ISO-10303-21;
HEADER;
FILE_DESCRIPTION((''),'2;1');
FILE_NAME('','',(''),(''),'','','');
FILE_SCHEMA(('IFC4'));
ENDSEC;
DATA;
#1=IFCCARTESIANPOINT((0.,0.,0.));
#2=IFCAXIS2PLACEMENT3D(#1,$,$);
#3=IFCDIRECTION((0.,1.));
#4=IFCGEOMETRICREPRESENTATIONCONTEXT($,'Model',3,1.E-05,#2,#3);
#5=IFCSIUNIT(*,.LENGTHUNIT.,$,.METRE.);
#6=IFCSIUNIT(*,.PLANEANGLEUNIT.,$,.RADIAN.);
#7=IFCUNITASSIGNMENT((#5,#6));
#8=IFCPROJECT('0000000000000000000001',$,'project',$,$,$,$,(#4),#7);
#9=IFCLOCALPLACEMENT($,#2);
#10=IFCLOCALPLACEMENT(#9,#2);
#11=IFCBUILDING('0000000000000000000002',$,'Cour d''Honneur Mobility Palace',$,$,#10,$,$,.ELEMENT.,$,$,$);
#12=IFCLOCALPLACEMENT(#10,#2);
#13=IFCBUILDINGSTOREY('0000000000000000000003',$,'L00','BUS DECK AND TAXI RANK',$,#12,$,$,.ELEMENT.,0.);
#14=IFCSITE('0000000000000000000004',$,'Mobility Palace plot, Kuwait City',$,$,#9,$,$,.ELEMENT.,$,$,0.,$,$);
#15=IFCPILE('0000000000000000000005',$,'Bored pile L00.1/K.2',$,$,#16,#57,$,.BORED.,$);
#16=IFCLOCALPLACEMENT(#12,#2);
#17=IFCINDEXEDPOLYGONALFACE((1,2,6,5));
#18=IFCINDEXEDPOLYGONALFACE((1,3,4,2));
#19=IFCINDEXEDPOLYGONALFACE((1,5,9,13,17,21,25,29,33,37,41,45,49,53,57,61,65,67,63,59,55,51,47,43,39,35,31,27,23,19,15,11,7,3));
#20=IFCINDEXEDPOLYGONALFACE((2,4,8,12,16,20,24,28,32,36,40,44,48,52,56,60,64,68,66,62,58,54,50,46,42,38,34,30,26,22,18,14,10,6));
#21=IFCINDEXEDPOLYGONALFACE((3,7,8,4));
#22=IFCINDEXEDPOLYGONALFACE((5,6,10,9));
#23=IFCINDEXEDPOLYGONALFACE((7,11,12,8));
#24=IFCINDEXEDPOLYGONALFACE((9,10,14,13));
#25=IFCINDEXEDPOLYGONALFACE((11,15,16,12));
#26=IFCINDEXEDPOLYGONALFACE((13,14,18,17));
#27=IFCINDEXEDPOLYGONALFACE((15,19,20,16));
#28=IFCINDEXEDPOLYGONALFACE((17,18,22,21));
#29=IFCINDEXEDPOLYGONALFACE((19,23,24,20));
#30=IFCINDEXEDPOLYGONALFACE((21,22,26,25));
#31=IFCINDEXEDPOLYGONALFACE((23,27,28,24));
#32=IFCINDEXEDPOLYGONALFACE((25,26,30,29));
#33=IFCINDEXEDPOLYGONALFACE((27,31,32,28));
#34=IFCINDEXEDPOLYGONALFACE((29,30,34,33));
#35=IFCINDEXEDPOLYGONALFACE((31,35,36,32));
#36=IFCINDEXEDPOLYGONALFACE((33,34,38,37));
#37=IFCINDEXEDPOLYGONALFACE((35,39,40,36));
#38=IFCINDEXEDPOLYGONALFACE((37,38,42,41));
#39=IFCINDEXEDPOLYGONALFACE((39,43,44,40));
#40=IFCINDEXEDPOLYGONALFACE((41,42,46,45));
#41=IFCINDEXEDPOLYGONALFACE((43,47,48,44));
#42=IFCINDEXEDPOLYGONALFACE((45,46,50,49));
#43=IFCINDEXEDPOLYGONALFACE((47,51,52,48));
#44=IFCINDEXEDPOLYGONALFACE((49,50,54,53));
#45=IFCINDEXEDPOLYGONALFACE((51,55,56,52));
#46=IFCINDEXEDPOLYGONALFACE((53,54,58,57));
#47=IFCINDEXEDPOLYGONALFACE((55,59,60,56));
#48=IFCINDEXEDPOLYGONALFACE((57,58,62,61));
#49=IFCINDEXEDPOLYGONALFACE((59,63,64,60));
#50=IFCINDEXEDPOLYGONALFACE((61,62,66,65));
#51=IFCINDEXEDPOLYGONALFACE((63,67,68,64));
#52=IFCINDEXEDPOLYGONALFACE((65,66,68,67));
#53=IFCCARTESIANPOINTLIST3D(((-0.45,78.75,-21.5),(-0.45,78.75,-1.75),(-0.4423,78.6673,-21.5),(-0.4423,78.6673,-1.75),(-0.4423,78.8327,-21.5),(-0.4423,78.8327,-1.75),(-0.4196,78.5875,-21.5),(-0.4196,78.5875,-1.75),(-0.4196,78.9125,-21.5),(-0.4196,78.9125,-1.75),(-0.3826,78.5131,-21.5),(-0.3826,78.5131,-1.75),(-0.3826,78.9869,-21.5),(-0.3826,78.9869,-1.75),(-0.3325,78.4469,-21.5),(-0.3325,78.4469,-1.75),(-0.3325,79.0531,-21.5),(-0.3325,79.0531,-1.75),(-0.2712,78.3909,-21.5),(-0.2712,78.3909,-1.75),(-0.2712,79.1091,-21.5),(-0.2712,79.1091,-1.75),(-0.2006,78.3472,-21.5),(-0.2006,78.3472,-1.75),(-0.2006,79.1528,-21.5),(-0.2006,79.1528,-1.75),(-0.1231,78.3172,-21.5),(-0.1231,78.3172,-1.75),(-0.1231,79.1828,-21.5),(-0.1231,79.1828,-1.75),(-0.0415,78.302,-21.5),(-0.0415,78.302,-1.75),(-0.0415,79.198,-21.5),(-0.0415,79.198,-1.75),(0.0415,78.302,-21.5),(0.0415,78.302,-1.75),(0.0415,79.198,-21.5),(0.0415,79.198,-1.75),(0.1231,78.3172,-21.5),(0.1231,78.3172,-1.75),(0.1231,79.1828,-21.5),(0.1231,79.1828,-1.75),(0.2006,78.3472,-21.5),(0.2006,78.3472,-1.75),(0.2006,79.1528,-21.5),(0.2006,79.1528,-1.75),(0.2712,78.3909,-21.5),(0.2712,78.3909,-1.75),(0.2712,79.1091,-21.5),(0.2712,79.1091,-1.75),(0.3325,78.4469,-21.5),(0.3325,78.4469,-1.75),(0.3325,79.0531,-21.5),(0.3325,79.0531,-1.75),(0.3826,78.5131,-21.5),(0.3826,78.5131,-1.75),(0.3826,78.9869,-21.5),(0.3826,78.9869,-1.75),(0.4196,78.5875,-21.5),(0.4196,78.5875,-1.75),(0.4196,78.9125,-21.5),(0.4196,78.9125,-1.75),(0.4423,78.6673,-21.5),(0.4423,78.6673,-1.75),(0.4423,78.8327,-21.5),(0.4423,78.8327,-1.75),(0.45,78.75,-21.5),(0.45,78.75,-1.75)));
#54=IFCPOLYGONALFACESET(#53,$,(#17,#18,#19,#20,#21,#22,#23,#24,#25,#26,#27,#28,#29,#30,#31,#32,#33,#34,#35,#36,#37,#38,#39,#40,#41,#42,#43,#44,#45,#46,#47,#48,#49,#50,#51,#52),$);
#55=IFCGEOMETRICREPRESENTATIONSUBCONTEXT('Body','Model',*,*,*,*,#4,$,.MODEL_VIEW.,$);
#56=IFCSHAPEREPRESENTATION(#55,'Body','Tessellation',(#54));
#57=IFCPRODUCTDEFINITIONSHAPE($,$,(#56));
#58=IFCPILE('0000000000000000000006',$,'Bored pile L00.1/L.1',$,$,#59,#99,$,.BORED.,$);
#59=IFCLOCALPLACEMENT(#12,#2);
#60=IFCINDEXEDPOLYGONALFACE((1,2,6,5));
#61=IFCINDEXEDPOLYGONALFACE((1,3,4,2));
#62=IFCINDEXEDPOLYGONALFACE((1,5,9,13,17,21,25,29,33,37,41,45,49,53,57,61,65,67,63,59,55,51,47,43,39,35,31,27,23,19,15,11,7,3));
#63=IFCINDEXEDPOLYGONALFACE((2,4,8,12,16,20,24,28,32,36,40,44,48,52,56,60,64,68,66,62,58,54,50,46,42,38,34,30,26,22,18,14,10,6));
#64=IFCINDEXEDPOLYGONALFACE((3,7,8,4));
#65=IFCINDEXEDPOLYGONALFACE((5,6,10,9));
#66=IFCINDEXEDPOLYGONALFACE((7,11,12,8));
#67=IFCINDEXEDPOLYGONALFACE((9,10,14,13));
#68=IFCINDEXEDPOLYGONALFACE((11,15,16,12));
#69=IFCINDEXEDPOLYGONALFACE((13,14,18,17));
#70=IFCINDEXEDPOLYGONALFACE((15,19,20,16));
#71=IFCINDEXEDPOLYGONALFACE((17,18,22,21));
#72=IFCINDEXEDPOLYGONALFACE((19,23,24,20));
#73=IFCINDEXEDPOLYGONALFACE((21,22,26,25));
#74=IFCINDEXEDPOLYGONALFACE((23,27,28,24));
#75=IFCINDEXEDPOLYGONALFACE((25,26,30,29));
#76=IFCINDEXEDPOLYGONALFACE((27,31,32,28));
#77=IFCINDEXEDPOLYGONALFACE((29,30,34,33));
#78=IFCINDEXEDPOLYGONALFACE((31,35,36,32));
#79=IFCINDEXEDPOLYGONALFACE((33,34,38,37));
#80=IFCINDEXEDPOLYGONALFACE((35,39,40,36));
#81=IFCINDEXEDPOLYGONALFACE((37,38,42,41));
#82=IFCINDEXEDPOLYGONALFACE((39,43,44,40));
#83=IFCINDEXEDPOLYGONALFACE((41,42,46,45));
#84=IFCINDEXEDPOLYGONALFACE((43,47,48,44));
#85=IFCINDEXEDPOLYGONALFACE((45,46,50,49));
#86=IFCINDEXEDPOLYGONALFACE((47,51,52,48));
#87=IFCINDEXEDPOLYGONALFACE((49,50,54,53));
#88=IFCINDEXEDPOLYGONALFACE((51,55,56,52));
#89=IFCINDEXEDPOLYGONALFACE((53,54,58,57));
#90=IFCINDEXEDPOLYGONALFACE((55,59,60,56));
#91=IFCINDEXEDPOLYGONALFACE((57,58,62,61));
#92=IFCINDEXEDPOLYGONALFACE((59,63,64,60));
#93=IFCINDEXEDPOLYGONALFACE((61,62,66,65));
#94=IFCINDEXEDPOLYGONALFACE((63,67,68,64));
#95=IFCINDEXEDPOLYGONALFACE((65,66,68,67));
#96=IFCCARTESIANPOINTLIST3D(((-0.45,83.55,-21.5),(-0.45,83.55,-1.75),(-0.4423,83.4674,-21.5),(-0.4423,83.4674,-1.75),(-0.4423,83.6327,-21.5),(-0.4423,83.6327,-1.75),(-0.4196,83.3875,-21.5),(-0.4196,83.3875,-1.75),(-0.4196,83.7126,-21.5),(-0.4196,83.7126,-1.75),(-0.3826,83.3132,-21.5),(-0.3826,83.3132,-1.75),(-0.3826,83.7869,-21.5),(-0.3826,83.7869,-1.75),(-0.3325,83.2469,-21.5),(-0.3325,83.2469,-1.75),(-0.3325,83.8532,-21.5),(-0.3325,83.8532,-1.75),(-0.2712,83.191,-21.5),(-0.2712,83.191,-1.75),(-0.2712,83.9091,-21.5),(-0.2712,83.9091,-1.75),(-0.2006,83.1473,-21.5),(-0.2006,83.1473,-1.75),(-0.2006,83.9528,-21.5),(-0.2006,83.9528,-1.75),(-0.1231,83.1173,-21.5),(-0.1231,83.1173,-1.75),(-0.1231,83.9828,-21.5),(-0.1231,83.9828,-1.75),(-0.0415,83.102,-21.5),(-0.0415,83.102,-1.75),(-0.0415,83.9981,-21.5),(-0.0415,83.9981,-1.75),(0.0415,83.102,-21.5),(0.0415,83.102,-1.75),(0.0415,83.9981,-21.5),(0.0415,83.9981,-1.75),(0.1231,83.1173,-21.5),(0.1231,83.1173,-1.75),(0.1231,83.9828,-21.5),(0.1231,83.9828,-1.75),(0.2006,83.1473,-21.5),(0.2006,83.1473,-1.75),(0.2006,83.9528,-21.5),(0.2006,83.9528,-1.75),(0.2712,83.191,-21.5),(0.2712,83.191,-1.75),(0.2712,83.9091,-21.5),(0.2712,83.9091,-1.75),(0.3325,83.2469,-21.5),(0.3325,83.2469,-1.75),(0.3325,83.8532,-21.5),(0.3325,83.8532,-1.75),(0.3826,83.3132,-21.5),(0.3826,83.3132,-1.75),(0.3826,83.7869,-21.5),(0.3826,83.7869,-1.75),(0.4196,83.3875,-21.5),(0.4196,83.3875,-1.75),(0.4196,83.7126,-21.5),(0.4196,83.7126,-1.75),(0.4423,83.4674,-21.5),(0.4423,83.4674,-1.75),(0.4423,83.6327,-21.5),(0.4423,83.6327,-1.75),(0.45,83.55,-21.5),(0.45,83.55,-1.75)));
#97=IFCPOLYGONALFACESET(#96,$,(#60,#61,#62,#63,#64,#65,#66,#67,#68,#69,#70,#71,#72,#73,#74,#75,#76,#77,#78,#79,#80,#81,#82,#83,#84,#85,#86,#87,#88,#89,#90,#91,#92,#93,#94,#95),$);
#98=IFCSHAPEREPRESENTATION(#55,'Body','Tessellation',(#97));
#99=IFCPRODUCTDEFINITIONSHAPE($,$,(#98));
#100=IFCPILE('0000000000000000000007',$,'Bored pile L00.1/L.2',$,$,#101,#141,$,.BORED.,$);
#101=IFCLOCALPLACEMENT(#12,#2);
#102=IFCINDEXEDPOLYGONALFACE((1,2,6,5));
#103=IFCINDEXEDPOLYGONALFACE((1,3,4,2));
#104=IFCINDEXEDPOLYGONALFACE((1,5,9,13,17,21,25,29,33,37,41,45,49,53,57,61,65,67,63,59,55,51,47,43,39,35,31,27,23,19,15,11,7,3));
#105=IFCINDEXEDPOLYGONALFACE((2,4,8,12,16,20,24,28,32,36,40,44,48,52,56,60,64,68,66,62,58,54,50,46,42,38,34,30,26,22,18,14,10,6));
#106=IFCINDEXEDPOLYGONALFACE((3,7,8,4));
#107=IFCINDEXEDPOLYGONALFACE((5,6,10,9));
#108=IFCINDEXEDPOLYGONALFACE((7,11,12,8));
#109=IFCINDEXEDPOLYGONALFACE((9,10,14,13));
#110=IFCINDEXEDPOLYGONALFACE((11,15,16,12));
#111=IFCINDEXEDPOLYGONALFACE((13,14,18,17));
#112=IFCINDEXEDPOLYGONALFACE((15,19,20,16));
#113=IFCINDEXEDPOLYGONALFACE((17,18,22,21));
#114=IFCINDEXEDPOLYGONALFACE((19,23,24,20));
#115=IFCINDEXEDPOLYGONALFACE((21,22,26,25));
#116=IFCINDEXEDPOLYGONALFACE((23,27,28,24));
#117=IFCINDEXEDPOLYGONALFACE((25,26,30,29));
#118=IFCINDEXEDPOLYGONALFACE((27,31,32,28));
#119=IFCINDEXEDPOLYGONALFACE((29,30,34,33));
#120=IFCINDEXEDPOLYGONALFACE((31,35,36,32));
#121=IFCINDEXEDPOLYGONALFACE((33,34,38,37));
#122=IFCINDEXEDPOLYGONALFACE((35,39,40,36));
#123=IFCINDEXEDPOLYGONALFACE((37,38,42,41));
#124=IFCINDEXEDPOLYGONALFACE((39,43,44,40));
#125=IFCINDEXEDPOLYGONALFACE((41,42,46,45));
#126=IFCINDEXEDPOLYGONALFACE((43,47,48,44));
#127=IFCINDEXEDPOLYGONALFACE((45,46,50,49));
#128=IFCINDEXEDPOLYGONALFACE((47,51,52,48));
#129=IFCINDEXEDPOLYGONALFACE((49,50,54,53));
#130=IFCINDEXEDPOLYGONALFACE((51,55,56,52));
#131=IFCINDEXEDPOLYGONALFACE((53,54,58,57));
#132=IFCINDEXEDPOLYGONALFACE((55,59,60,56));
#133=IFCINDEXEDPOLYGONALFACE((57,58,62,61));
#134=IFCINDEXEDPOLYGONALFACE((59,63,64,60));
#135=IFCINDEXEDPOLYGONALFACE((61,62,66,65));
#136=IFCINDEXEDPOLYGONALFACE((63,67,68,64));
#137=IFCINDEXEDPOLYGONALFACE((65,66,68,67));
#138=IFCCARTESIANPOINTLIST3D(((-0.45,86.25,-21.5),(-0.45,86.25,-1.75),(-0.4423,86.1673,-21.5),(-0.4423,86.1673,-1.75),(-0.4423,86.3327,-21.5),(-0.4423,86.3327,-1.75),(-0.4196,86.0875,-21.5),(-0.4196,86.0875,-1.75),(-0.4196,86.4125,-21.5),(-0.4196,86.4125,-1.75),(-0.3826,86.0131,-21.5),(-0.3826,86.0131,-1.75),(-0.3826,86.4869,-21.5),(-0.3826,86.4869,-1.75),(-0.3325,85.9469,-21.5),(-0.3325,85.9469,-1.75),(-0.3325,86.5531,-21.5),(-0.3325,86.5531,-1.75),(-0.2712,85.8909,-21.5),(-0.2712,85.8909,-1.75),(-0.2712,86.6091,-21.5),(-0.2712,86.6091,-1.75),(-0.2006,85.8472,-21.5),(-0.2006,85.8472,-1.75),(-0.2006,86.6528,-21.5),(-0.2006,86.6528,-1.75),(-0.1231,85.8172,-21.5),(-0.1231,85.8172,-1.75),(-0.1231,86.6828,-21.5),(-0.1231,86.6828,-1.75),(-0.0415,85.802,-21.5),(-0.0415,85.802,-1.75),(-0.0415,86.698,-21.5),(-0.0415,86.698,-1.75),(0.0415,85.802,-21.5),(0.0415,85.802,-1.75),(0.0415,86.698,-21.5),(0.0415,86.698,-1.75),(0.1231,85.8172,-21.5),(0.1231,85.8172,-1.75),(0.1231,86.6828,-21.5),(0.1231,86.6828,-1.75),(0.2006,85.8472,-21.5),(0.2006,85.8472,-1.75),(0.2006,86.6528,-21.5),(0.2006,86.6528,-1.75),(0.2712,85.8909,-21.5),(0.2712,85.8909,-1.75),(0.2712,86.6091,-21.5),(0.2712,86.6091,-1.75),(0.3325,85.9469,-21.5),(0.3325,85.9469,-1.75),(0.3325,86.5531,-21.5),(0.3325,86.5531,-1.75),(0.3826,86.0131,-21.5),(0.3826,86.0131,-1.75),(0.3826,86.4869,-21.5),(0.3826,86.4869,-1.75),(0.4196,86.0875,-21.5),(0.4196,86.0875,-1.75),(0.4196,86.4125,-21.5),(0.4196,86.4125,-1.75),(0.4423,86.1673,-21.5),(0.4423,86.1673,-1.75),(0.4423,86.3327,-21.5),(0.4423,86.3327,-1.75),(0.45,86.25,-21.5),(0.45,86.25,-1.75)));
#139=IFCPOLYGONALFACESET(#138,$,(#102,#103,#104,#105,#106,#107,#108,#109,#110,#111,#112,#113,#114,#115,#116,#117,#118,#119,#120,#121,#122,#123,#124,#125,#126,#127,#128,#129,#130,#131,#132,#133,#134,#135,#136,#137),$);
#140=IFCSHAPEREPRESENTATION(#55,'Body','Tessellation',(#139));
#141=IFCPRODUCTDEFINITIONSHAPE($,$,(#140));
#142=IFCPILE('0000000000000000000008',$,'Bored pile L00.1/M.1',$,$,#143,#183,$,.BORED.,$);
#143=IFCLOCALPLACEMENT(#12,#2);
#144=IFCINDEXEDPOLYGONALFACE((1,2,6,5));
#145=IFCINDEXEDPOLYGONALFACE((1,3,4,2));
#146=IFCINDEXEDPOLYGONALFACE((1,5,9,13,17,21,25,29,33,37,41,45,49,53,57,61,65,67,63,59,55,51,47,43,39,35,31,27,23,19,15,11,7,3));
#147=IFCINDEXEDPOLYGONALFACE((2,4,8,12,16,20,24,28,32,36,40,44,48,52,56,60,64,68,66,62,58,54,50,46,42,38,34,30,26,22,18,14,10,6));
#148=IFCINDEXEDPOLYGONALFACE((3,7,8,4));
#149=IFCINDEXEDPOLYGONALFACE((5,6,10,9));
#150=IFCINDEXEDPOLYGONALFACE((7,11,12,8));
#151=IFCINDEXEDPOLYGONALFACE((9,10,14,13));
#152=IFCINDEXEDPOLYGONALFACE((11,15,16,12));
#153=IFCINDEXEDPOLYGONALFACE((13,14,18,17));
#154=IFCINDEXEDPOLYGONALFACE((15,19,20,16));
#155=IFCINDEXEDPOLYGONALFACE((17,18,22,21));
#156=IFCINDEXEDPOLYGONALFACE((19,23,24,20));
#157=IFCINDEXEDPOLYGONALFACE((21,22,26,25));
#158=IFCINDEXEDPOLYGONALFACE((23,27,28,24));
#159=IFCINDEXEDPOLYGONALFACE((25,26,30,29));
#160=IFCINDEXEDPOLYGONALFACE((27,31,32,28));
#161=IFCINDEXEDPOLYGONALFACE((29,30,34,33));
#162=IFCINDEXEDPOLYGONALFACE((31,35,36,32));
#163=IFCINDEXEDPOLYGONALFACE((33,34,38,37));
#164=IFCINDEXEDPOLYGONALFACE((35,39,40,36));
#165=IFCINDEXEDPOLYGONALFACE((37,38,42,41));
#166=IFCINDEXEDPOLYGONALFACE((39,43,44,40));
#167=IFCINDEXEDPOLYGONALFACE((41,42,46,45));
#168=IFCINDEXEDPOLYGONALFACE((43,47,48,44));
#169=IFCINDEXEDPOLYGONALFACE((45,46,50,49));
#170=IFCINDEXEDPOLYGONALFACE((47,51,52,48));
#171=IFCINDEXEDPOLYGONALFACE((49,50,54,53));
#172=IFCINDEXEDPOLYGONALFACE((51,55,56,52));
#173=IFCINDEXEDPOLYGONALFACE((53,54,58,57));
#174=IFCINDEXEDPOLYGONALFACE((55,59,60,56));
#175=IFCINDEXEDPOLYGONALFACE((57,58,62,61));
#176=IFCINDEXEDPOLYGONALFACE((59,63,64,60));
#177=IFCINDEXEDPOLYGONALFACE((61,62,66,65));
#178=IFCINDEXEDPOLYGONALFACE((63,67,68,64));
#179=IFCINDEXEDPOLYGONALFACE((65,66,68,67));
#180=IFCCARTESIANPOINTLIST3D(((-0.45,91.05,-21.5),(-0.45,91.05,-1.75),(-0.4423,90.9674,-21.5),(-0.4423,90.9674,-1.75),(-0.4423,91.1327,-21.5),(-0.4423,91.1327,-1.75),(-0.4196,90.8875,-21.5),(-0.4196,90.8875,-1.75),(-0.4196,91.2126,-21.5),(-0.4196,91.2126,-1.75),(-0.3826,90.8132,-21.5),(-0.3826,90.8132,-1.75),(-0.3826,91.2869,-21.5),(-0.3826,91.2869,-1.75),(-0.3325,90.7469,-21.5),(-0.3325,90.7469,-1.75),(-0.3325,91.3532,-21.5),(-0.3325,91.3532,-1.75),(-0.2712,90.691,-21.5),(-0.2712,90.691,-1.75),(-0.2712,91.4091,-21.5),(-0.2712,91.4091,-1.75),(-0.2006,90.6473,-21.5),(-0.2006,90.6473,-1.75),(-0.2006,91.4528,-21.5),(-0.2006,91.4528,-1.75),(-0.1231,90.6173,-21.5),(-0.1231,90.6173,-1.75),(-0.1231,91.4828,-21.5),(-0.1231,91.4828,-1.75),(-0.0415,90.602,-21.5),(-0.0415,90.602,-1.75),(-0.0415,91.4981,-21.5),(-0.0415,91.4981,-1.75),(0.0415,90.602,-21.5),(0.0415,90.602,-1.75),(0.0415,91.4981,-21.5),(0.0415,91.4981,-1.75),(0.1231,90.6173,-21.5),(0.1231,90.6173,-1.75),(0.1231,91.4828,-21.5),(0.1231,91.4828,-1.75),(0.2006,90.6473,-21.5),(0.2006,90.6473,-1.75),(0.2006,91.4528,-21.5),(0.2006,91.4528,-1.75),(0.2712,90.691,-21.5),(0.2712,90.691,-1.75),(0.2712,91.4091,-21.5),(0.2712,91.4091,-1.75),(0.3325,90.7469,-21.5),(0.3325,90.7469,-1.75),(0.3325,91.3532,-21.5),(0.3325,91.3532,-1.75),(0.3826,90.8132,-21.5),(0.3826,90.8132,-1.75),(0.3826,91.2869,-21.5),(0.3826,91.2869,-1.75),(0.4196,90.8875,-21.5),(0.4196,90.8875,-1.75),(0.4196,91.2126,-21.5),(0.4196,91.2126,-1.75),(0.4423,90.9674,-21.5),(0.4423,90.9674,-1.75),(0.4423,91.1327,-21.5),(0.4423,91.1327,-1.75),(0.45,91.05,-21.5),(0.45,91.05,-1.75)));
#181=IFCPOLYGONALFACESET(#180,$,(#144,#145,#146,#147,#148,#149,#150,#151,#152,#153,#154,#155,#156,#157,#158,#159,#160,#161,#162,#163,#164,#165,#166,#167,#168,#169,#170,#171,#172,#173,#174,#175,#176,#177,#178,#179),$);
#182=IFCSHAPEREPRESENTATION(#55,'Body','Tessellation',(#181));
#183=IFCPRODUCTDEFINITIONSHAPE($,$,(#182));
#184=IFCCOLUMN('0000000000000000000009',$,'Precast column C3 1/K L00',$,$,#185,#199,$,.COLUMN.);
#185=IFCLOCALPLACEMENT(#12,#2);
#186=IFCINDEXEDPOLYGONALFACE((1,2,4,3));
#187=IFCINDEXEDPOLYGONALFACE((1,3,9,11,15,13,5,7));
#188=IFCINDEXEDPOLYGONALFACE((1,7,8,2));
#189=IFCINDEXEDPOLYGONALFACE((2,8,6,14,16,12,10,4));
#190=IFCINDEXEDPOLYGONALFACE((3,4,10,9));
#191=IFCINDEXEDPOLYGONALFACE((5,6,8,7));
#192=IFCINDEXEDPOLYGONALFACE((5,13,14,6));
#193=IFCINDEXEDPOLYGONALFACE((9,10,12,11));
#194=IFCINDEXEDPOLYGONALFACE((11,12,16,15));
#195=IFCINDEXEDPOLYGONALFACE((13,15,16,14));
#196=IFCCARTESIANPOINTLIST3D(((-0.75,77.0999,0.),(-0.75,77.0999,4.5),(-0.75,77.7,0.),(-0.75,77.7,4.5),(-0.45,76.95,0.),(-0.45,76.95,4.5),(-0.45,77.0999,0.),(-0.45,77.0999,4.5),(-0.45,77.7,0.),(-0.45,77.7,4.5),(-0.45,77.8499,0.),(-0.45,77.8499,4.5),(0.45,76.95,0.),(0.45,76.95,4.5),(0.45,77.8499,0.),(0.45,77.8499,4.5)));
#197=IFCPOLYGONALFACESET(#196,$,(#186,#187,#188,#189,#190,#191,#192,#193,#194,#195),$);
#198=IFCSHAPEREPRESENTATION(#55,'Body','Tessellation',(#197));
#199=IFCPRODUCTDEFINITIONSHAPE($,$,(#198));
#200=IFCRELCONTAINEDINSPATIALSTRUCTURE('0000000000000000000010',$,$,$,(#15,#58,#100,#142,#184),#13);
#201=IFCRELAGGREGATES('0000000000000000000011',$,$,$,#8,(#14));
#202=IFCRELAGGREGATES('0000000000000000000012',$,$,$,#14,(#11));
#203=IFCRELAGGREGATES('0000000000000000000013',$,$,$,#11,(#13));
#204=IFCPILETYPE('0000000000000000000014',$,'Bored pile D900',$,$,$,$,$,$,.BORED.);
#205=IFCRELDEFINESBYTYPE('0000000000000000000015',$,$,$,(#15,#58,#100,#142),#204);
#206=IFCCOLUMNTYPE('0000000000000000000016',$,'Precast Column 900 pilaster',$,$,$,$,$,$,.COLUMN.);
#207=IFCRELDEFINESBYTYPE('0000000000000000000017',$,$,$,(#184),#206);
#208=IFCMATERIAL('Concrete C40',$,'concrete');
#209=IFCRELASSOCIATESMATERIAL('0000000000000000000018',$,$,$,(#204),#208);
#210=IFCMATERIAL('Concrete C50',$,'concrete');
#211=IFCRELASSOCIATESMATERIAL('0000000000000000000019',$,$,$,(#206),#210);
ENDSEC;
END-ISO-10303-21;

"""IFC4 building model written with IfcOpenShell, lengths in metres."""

from ifc_helpers import new_model, si_unit, direction, frame, origin, origin_2d, place, context, subcontext, project, spatial, polyline, circle, outline, extrude, material, material_profile, profile_set, type_object, element, save


model = new_model("IFC4")

# Units and contexts
model_context = context("Model", 3, precision=1e-05, world=origin(), true_north=direction((0.0, 1.0)))
body_context = subcontext(model_context, "Body", "Model", "MODEL_VIEW")
ifc_project = project(units=[si_unit("LENGTHUNIT", "METRE"), si_unit("PLANEANGLEUNIT", "RADIAN")], contexts=[model_context])

# Site, building, storey
site_placement = place(None, origin())
site = spatial("IfcSite", under=ifc_project, at=site_placement, Name="Mobility Palace plot, Kuwait City", CompositionType="ELEMENT", RefElevation=0.0)
building_placement = place(site_placement, origin())
building = spatial("IfcBuilding", under=site, at=building_placement, Name="Cour d'Honneur Mobility Palace", CompositionType="ELEMENT")
storey_placement = place(building_placement, origin())
storey = spatial("IfcBuildingStorey", under=building, at=storey_placement, Name="L00", Description="BUS DECK AND TAXI RANK", CompositionType="ELEMENT", Elevation=0.0)

# Piles
ifc_material_1 = material(Name="Concrete C40", Category="concrete")
ifc_material_profile_1 = material_profile(ifc_material_1, circle(Radius=0.45, at=origin_2d()), Name="Bored pile D900")
ifc_profile_set_1 = profile_set([ifc_material_profile_1], Name="Concrete C40")
pile_type = type_object("IfcPileType", Name="Bored pile D900", PredefinedType="BORED", material=ifc_profile_set_1)
for number, where, z_axis, x_axis, name in (
    (1, (0.0, 78.75, -1.75), (0.0, 0.0, -1.0), (1.0, 0.0, 0.0), "Bored pile L00.1/K.2"),
    (2, (0.0, 83.55, -1.75), (0.0, 0.0, -1.0), (1.0, 0.0, 0.0), "Bored pile L00.1/L.1"),
    (3, (0.0, 86.25, -1.75), (0.0, 0.0, -1.0), (1.0, 0.0, 0.0), "Bored pile L00.1/L.2"),
    (4, (0.0, 91.05, -1.75), (0.0, 0.0, -1.0), (1.0, 0.0, 0.0), "Bored pile L00.1/M.1"),
):
    element("IfcPile", number, at=place(storey_placement, frame(where, z_axis=z_axis, x_axis=x_axis)), inside=storey, type_object=pile_type, Name=name, PredefinedType="BORED", context=body_context, shape_type="SweptSolid", body=[
        extrude(circle(Radius=0.45, at=origin_2d()), origin(), (0.0, 0.0, 1.0), 19.75),
    ])

# Column
ifc_material_2 = material(Name="Concrete C50", Category="concrete")
ifc_material_profile_2 = material_profile(ifc_material_2, outline(polyline([(-0.45, -0.45), (0.45, -0.45), (0.45, -0.3), (0.75, -0.3), (0.75, 0.3), (0.45, 0.3), (0.45, 0.45), (-0.45, 0.45), (-0.45, -0.45)])), Name="PC C900 pilaster")
ifc_profile_set_2 = profile_set([ifc_material_profile_2], Name="Concrete C50")
column_type = type_object("IfcColumnType", Name="Precast Column 900 pilaster", PredefinedType="COLUMN", material=ifc_profile_set_2)
for number, where, z_axis, x_axis, name in (
    (5, (0.0, 77.3999, 0.0), (0.0, 0.0, 1.0), (-1.0, 0.0, 0.0), "Precast column C3 1/K L00"),
):
    element("IfcColumn", number, at=place(storey_placement, frame(where, z_axis=z_axis, x_axis=x_axis)), inside=storey, type_object=column_type, Name=name, PredefinedType="COLUMN", context=body_context, shape_type="SweptSolid", body=[
        extrude(outline(polyline([(-0.45, -0.45), (0.45, -0.45), (0.45, -0.3), (0.75, -0.3), (0.75, 0.3), (0.45, 0.3), (0.45, 0.45), (-0.45, 0.45), (-0.45, -0.45)])), origin(), (0.0, 0.0, 1.0), 4.5),
    ])

save(model, "model.ifc")
